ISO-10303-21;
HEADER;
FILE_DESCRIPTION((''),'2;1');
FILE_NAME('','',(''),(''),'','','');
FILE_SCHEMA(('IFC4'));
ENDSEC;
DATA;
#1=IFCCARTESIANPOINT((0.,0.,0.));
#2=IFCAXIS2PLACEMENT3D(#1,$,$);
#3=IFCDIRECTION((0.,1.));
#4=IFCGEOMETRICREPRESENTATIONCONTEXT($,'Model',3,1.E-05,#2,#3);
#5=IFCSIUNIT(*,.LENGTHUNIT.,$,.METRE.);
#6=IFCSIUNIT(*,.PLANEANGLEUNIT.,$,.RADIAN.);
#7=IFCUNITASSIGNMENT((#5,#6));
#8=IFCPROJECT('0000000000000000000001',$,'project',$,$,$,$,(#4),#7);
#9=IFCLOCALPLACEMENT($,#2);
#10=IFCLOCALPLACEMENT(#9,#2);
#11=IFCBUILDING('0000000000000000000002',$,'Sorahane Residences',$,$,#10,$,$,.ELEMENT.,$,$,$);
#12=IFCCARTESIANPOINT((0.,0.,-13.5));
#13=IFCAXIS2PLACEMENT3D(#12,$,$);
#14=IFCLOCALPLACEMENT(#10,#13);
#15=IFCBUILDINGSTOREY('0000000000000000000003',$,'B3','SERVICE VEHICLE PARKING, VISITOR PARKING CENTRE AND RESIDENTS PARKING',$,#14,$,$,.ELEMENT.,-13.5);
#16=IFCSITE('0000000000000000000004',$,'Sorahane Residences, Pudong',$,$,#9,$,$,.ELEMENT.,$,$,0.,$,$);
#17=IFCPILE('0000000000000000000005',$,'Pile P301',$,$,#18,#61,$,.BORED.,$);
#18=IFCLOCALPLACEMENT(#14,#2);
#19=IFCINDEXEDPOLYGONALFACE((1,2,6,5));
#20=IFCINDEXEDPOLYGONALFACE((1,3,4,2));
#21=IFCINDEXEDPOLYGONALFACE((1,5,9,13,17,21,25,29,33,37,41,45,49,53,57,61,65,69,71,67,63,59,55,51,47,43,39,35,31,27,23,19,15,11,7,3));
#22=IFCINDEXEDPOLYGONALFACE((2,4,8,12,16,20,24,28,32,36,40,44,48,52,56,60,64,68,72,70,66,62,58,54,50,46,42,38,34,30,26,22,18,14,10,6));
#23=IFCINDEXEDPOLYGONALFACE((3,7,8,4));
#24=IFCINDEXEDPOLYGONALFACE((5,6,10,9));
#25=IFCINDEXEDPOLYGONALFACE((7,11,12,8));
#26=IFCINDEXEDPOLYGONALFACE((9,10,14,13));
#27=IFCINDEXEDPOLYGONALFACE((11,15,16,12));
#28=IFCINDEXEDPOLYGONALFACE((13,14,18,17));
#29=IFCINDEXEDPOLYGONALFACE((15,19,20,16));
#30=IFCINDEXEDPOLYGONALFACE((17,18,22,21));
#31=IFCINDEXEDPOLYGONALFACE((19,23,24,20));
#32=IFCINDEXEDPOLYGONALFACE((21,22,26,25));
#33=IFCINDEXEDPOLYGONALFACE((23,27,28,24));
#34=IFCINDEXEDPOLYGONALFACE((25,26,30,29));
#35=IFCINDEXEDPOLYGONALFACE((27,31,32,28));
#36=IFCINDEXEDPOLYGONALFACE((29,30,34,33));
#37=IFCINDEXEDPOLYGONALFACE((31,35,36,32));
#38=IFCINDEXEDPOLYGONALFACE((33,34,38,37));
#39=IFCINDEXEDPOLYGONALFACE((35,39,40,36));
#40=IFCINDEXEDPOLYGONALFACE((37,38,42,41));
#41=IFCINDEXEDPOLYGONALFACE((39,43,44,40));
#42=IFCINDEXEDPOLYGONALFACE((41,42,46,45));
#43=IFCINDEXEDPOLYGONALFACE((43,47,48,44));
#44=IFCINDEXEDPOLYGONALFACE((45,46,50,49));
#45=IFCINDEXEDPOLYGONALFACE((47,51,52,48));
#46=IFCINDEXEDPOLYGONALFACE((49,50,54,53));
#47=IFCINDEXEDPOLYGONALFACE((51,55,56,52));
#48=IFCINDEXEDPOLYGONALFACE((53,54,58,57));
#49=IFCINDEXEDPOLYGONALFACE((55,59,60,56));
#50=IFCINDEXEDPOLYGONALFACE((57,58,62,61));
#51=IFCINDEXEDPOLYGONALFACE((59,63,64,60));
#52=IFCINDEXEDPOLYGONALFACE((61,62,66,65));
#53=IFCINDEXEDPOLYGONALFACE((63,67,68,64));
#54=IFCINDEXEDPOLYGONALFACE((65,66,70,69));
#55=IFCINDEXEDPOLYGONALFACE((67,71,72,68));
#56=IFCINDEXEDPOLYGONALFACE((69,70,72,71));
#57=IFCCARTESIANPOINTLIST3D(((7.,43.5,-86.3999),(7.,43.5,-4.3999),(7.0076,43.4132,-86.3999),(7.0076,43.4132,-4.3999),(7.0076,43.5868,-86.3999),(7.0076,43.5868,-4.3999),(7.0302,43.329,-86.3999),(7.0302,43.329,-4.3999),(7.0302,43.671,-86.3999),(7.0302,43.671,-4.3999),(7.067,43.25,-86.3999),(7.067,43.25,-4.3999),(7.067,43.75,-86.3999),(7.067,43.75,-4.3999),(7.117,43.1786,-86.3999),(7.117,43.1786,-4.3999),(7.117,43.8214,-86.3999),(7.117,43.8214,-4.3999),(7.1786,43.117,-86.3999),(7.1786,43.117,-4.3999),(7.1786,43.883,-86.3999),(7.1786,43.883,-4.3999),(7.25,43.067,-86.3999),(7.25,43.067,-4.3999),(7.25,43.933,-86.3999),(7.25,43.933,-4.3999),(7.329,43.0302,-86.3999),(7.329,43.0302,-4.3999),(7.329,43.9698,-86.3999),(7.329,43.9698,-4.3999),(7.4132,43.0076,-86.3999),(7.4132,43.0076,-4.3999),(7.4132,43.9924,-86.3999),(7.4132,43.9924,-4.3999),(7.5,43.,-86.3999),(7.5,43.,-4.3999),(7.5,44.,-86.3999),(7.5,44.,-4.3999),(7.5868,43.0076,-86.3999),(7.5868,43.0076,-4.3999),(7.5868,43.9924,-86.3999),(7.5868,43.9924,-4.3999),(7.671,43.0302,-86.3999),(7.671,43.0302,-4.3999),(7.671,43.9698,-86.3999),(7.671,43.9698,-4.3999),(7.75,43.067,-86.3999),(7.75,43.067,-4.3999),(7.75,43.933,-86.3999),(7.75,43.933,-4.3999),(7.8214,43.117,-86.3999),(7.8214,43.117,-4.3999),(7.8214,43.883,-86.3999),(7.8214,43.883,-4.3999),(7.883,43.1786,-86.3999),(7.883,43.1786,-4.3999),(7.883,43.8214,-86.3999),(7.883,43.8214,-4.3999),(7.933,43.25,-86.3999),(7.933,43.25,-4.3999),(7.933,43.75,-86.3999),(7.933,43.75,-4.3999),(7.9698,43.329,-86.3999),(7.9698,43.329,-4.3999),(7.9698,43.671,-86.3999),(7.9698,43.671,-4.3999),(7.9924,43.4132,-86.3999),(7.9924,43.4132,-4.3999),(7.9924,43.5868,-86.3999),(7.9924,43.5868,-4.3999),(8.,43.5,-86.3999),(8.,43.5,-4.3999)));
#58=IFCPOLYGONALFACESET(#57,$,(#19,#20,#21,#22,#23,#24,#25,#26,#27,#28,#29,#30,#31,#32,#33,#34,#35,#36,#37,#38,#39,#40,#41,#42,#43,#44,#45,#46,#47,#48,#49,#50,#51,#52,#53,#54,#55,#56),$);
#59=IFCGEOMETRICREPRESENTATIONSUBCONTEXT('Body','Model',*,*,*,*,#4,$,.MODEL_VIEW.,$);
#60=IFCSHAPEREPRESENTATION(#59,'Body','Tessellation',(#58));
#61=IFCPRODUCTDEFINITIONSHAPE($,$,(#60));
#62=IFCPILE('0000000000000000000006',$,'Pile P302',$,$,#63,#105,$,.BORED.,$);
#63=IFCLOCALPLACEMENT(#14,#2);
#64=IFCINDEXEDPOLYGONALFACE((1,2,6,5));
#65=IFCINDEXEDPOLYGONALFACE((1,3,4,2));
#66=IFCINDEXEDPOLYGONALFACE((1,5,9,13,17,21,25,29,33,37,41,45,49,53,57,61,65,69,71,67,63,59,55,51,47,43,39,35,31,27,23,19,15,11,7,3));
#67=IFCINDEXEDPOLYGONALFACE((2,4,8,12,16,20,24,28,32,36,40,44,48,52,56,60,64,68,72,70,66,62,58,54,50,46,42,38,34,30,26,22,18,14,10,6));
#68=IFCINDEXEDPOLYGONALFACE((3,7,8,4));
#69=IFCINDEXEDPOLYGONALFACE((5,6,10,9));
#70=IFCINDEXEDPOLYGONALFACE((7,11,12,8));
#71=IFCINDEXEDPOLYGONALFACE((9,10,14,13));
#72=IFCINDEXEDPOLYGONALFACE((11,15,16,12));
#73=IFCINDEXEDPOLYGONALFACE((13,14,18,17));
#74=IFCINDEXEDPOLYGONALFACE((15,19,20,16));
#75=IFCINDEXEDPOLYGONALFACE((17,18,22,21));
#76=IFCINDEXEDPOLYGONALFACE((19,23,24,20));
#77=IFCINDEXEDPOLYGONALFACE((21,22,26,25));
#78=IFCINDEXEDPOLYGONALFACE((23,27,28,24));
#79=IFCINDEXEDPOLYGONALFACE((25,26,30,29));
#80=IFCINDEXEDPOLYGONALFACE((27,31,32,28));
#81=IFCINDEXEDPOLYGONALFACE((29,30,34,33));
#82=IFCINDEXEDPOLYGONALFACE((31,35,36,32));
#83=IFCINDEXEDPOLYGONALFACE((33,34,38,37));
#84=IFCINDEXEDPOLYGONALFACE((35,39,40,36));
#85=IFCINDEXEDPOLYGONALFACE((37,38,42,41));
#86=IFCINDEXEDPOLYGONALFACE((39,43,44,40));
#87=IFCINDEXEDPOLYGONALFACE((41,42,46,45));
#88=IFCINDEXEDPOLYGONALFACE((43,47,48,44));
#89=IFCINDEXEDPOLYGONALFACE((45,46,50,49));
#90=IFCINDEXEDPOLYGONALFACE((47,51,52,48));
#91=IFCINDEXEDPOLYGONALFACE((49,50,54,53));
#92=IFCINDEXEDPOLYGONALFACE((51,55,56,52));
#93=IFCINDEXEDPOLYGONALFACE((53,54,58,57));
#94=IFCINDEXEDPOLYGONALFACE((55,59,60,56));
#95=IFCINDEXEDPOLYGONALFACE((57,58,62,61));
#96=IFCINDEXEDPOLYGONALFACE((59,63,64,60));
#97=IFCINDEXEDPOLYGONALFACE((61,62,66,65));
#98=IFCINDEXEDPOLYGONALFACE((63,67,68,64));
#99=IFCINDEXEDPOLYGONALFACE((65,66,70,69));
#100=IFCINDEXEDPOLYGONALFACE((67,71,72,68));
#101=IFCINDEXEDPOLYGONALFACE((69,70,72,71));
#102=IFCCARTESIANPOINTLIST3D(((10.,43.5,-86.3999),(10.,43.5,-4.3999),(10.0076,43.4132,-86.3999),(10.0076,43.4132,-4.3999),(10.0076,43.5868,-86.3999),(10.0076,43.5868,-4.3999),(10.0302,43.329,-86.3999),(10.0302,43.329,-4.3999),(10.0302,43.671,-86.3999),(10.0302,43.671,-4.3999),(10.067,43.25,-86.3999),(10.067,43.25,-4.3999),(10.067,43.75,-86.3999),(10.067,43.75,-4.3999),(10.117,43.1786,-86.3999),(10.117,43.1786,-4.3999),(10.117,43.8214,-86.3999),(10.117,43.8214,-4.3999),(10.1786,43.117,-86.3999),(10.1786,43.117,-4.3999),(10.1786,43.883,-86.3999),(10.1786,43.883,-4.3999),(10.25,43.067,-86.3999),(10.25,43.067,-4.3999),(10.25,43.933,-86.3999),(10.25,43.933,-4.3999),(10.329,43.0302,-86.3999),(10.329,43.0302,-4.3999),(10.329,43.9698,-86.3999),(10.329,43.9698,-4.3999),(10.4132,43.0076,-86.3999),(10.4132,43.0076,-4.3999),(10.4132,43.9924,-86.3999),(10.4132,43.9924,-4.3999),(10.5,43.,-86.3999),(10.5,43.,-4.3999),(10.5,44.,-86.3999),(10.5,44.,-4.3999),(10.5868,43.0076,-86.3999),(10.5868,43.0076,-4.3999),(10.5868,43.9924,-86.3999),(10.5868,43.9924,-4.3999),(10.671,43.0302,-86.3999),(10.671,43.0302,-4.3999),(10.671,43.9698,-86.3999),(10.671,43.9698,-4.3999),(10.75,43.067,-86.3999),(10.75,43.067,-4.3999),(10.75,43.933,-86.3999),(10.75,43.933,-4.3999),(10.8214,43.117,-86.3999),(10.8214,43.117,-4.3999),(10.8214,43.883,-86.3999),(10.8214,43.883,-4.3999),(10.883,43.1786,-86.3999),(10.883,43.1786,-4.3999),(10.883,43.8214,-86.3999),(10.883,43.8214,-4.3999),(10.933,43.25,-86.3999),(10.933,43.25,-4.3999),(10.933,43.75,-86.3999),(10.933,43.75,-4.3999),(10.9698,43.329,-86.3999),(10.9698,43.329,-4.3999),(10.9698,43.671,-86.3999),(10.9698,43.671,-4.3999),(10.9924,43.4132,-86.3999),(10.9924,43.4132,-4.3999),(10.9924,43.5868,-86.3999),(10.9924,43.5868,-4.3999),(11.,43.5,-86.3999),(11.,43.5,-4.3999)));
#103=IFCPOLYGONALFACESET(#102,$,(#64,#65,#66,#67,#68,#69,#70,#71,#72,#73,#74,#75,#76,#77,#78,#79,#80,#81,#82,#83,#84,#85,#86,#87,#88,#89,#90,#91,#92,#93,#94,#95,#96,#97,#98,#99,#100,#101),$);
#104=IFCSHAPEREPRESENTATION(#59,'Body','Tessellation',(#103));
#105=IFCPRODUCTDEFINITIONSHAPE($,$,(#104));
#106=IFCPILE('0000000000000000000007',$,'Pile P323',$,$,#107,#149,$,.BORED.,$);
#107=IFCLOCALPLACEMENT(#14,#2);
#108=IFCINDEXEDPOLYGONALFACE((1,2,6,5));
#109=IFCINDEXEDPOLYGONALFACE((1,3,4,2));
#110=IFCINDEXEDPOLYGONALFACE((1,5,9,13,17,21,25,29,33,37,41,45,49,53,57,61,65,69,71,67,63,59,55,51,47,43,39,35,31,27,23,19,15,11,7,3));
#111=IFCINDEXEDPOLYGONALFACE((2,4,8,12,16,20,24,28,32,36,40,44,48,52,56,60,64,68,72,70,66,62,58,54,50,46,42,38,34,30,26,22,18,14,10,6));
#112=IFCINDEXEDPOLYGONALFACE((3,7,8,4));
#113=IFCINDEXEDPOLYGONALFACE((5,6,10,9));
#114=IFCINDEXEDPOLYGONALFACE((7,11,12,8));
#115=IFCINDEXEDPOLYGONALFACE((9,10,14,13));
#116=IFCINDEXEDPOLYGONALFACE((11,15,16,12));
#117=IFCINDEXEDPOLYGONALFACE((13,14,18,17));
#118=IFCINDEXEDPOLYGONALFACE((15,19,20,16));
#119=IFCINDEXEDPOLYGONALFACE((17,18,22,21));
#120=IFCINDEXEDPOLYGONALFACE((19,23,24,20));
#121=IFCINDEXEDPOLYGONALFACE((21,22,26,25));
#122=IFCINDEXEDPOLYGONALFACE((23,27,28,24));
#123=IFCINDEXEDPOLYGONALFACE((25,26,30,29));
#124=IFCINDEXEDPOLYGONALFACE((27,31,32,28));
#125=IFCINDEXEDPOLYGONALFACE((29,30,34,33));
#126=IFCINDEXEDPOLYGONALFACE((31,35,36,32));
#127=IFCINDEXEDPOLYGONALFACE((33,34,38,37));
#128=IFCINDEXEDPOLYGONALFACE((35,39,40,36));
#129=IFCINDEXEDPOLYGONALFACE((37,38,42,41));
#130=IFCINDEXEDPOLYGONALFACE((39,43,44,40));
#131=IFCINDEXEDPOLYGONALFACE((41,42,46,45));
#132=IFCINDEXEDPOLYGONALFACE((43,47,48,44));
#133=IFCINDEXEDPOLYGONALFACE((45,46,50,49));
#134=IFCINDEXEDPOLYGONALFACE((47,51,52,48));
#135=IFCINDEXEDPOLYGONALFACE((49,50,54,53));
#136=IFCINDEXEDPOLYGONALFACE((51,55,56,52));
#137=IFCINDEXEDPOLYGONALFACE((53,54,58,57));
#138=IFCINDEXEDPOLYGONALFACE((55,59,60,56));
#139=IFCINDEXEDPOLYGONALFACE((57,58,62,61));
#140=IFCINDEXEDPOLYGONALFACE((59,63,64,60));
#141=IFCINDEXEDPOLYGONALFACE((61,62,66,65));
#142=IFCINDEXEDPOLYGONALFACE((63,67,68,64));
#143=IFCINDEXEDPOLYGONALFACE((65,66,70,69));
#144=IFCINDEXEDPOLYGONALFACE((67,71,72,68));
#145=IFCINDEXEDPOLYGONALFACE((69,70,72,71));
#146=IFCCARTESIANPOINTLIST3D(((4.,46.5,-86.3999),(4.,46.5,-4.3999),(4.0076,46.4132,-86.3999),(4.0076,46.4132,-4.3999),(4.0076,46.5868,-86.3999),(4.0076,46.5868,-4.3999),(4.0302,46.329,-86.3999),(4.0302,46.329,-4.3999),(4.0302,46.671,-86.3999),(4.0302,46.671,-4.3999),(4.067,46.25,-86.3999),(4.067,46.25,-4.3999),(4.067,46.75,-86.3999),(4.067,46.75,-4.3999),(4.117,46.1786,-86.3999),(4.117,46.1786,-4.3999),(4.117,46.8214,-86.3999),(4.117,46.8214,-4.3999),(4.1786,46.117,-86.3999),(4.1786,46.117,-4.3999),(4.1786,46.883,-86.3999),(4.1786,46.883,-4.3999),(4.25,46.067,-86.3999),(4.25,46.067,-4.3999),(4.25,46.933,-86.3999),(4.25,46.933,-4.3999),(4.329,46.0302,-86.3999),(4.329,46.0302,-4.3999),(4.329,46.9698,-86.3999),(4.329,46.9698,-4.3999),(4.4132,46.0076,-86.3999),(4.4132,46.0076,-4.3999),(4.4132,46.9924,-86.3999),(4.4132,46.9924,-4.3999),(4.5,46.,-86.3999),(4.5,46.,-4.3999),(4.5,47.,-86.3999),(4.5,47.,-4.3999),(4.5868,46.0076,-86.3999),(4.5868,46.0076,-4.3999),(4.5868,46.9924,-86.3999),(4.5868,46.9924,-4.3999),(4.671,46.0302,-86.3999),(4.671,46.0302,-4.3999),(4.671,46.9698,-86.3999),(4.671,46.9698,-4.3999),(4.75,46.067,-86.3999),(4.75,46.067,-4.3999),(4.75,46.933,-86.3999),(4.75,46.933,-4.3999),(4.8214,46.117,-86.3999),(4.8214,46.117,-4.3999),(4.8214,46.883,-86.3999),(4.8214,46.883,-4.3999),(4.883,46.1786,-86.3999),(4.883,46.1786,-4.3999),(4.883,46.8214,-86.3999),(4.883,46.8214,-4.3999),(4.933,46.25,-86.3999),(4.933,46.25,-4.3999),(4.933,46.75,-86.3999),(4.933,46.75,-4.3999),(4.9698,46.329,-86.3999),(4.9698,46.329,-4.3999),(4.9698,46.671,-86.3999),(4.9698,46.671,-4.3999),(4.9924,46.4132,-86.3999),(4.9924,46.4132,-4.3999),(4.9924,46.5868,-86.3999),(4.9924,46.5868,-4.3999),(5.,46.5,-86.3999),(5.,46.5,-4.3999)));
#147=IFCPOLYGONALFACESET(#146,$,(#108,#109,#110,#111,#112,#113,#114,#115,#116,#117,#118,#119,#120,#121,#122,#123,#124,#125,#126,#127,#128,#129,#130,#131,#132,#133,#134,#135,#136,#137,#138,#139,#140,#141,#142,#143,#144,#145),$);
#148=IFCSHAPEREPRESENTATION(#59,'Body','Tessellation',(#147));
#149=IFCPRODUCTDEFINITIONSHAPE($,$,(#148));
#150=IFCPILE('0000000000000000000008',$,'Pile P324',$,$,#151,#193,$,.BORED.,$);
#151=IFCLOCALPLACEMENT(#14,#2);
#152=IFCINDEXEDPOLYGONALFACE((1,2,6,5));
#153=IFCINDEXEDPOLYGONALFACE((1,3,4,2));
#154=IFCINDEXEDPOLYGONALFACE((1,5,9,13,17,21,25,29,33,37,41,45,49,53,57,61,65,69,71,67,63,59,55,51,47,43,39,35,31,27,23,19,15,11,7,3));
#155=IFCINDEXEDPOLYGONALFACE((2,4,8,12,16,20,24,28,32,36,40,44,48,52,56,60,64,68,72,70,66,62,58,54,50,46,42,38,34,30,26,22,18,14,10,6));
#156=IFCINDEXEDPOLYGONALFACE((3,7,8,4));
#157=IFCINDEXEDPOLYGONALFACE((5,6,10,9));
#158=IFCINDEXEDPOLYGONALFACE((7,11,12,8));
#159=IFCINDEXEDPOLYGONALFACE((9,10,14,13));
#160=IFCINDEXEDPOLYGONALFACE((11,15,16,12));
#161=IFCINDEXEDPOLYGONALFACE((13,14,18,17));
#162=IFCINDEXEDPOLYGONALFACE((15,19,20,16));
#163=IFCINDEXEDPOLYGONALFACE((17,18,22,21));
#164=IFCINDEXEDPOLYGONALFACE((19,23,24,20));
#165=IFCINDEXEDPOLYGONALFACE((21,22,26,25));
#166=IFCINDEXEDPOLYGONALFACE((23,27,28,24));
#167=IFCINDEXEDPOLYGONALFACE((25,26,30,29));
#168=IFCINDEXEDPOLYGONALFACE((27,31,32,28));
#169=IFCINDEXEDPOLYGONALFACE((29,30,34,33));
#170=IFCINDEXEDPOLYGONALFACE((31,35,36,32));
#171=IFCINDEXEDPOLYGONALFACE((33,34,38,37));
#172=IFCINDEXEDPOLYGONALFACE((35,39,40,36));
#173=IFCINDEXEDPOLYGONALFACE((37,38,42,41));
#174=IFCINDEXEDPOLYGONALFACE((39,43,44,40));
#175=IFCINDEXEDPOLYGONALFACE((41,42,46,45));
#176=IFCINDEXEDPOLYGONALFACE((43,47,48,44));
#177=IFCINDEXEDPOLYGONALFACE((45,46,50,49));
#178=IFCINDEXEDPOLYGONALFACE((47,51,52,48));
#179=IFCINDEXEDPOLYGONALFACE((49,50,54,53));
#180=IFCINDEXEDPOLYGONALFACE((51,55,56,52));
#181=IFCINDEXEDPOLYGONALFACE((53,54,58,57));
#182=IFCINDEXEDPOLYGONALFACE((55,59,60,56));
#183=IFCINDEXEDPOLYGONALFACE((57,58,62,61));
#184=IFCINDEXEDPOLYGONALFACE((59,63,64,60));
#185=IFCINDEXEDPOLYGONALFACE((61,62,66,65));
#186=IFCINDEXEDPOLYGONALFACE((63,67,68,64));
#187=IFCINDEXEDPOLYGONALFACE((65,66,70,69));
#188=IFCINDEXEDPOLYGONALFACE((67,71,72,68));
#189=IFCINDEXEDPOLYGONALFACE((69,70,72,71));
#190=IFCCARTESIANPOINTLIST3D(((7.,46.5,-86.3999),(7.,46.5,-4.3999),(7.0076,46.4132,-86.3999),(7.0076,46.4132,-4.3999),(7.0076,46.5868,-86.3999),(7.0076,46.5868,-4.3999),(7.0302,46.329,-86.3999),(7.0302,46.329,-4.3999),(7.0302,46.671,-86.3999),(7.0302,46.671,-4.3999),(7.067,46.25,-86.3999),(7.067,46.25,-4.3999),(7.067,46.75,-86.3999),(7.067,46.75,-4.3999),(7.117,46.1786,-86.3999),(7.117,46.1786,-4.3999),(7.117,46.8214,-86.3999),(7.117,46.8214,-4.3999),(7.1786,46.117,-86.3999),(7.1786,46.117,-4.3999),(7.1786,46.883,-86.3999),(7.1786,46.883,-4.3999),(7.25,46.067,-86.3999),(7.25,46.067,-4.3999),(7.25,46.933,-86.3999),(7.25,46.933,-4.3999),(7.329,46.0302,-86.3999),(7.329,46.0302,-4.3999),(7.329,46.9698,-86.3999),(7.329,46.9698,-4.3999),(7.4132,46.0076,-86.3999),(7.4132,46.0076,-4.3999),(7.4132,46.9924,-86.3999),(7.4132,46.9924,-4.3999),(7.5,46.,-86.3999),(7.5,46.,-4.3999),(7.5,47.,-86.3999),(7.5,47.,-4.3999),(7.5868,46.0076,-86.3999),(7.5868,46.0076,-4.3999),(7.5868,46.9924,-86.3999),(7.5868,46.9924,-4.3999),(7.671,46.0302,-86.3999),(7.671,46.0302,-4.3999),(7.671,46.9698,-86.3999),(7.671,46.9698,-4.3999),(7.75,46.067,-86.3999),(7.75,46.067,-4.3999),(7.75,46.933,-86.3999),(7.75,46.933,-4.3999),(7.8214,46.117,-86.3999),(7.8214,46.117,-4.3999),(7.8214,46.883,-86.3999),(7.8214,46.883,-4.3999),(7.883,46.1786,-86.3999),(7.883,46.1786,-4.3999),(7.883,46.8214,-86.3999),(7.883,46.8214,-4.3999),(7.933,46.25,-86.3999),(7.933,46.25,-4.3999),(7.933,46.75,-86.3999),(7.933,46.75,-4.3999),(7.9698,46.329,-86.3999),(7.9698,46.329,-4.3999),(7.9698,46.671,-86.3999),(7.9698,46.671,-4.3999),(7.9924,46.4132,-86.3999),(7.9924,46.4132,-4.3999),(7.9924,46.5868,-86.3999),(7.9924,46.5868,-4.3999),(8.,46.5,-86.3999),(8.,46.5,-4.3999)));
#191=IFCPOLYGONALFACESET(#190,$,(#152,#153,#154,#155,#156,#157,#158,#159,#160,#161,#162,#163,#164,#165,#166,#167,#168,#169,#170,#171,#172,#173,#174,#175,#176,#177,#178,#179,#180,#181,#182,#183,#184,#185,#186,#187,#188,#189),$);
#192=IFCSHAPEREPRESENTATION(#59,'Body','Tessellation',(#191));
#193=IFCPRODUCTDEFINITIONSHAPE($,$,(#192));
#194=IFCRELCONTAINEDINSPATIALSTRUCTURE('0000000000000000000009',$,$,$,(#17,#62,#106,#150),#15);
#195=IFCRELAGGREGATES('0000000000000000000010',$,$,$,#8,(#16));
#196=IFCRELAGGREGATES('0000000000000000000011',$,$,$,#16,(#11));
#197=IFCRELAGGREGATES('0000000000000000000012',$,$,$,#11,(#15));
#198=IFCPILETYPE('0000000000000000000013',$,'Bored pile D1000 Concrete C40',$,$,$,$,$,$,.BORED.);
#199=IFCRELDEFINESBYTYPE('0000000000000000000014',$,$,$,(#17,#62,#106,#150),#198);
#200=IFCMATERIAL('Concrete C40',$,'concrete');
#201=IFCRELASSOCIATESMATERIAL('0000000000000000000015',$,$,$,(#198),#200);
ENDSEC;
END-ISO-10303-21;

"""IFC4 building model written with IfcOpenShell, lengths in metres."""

from ifc_helpers import new_model, si_unit, direction, frame, origin, origin_2d, place, context, subcontext, project, spatial, circle, extrude, material, material_profile, profile_set, type_object, element, save


model = new_model("IFC4")

# Units and contexts
model_context = context("Model", 3, precision=1e-05, world=origin(), true_north=direction((0.0, 1.0)))
body_context = subcontext(model_context, "Body", "Model", "MODEL_VIEW")
ifc_project = project(units=[si_unit("LENGTHUNIT", "METRE"), si_unit("PLANEANGLEUNIT", "RADIAN")], contexts=[model_context])

# Site, building, storey
site_placement = place(None, origin())
site = spatial("IfcSite", under=ifc_project, at=site_placement, Name="Sorahane Residences, Pudong", CompositionType="ELEMENT", RefElevation=0.0)
building_placement = place(site_placement, origin())
building = spatial("IfcBuilding", under=site, at=building_placement, Name="Sorahane Residences", CompositionType="ELEMENT")
storey_placement = place(building_placement, frame((0.0, 0.0, -13.5)))
storey = spatial("IfcBuildingStorey", under=building, at=storey_placement, Name="B3", Description="SERVICE VEHICLE PARKING, VISITOR PARKING CENTRE AND RESIDENTS PARKING", CompositionType="ELEMENT", Elevation=-13.5)

# Piles
ifc_material_1 = material(Name="Concrete C40", Category="concrete")
ifc_material_profile_1 = material_profile(ifc_material_1, circle(Radius=0.5, at=origin_2d()), Name="D1000")
ifc_profile_set_1 = profile_set([ifc_material_profile_1], Name="Concrete C40")
pile_type = type_object("IfcPileType", Name="Bored pile D1000 Concrete C40", PredefinedType="BORED", material=ifc_profile_set_1)
for number, where, z_axis, x_axis, name in (
    (1, (7.5, 43.5, -4.3999), (0.0, 0.0, -1.0), (1.0, 0.0, 0.0), "Pile P301"),
    (2, (10.5, 43.5, -4.3999), (0.0, 0.0, -1.0), (1.0, 0.0, 0.0), "Pile P302"),
    (3, (4.5, 46.5, -4.3999), (0.0, 0.0, -1.0), (1.0, 0.0, 0.0), "Pile P323"),
    (4, (7.5, 46.5, -4.3999), (0.0, 0.0, -1.0), (1.0, 0.0, 0.0), "Pile P324"),
):
    element("IfcPile", number, at=place(storey_placement, frame(where, z_axis=z_axis, x_axis=x_axis)), inside=storey, type_object=pile_type, Name=name, PredefinedType="BORED", context=body_context, shape_type="SweptSolid", body=[
        extrude(circle(Radius=0.5, at=origin_2d()), origin(), (0.0, 0.0, 1.0), 82.0),
    ])

save(model, "model.ifc")
